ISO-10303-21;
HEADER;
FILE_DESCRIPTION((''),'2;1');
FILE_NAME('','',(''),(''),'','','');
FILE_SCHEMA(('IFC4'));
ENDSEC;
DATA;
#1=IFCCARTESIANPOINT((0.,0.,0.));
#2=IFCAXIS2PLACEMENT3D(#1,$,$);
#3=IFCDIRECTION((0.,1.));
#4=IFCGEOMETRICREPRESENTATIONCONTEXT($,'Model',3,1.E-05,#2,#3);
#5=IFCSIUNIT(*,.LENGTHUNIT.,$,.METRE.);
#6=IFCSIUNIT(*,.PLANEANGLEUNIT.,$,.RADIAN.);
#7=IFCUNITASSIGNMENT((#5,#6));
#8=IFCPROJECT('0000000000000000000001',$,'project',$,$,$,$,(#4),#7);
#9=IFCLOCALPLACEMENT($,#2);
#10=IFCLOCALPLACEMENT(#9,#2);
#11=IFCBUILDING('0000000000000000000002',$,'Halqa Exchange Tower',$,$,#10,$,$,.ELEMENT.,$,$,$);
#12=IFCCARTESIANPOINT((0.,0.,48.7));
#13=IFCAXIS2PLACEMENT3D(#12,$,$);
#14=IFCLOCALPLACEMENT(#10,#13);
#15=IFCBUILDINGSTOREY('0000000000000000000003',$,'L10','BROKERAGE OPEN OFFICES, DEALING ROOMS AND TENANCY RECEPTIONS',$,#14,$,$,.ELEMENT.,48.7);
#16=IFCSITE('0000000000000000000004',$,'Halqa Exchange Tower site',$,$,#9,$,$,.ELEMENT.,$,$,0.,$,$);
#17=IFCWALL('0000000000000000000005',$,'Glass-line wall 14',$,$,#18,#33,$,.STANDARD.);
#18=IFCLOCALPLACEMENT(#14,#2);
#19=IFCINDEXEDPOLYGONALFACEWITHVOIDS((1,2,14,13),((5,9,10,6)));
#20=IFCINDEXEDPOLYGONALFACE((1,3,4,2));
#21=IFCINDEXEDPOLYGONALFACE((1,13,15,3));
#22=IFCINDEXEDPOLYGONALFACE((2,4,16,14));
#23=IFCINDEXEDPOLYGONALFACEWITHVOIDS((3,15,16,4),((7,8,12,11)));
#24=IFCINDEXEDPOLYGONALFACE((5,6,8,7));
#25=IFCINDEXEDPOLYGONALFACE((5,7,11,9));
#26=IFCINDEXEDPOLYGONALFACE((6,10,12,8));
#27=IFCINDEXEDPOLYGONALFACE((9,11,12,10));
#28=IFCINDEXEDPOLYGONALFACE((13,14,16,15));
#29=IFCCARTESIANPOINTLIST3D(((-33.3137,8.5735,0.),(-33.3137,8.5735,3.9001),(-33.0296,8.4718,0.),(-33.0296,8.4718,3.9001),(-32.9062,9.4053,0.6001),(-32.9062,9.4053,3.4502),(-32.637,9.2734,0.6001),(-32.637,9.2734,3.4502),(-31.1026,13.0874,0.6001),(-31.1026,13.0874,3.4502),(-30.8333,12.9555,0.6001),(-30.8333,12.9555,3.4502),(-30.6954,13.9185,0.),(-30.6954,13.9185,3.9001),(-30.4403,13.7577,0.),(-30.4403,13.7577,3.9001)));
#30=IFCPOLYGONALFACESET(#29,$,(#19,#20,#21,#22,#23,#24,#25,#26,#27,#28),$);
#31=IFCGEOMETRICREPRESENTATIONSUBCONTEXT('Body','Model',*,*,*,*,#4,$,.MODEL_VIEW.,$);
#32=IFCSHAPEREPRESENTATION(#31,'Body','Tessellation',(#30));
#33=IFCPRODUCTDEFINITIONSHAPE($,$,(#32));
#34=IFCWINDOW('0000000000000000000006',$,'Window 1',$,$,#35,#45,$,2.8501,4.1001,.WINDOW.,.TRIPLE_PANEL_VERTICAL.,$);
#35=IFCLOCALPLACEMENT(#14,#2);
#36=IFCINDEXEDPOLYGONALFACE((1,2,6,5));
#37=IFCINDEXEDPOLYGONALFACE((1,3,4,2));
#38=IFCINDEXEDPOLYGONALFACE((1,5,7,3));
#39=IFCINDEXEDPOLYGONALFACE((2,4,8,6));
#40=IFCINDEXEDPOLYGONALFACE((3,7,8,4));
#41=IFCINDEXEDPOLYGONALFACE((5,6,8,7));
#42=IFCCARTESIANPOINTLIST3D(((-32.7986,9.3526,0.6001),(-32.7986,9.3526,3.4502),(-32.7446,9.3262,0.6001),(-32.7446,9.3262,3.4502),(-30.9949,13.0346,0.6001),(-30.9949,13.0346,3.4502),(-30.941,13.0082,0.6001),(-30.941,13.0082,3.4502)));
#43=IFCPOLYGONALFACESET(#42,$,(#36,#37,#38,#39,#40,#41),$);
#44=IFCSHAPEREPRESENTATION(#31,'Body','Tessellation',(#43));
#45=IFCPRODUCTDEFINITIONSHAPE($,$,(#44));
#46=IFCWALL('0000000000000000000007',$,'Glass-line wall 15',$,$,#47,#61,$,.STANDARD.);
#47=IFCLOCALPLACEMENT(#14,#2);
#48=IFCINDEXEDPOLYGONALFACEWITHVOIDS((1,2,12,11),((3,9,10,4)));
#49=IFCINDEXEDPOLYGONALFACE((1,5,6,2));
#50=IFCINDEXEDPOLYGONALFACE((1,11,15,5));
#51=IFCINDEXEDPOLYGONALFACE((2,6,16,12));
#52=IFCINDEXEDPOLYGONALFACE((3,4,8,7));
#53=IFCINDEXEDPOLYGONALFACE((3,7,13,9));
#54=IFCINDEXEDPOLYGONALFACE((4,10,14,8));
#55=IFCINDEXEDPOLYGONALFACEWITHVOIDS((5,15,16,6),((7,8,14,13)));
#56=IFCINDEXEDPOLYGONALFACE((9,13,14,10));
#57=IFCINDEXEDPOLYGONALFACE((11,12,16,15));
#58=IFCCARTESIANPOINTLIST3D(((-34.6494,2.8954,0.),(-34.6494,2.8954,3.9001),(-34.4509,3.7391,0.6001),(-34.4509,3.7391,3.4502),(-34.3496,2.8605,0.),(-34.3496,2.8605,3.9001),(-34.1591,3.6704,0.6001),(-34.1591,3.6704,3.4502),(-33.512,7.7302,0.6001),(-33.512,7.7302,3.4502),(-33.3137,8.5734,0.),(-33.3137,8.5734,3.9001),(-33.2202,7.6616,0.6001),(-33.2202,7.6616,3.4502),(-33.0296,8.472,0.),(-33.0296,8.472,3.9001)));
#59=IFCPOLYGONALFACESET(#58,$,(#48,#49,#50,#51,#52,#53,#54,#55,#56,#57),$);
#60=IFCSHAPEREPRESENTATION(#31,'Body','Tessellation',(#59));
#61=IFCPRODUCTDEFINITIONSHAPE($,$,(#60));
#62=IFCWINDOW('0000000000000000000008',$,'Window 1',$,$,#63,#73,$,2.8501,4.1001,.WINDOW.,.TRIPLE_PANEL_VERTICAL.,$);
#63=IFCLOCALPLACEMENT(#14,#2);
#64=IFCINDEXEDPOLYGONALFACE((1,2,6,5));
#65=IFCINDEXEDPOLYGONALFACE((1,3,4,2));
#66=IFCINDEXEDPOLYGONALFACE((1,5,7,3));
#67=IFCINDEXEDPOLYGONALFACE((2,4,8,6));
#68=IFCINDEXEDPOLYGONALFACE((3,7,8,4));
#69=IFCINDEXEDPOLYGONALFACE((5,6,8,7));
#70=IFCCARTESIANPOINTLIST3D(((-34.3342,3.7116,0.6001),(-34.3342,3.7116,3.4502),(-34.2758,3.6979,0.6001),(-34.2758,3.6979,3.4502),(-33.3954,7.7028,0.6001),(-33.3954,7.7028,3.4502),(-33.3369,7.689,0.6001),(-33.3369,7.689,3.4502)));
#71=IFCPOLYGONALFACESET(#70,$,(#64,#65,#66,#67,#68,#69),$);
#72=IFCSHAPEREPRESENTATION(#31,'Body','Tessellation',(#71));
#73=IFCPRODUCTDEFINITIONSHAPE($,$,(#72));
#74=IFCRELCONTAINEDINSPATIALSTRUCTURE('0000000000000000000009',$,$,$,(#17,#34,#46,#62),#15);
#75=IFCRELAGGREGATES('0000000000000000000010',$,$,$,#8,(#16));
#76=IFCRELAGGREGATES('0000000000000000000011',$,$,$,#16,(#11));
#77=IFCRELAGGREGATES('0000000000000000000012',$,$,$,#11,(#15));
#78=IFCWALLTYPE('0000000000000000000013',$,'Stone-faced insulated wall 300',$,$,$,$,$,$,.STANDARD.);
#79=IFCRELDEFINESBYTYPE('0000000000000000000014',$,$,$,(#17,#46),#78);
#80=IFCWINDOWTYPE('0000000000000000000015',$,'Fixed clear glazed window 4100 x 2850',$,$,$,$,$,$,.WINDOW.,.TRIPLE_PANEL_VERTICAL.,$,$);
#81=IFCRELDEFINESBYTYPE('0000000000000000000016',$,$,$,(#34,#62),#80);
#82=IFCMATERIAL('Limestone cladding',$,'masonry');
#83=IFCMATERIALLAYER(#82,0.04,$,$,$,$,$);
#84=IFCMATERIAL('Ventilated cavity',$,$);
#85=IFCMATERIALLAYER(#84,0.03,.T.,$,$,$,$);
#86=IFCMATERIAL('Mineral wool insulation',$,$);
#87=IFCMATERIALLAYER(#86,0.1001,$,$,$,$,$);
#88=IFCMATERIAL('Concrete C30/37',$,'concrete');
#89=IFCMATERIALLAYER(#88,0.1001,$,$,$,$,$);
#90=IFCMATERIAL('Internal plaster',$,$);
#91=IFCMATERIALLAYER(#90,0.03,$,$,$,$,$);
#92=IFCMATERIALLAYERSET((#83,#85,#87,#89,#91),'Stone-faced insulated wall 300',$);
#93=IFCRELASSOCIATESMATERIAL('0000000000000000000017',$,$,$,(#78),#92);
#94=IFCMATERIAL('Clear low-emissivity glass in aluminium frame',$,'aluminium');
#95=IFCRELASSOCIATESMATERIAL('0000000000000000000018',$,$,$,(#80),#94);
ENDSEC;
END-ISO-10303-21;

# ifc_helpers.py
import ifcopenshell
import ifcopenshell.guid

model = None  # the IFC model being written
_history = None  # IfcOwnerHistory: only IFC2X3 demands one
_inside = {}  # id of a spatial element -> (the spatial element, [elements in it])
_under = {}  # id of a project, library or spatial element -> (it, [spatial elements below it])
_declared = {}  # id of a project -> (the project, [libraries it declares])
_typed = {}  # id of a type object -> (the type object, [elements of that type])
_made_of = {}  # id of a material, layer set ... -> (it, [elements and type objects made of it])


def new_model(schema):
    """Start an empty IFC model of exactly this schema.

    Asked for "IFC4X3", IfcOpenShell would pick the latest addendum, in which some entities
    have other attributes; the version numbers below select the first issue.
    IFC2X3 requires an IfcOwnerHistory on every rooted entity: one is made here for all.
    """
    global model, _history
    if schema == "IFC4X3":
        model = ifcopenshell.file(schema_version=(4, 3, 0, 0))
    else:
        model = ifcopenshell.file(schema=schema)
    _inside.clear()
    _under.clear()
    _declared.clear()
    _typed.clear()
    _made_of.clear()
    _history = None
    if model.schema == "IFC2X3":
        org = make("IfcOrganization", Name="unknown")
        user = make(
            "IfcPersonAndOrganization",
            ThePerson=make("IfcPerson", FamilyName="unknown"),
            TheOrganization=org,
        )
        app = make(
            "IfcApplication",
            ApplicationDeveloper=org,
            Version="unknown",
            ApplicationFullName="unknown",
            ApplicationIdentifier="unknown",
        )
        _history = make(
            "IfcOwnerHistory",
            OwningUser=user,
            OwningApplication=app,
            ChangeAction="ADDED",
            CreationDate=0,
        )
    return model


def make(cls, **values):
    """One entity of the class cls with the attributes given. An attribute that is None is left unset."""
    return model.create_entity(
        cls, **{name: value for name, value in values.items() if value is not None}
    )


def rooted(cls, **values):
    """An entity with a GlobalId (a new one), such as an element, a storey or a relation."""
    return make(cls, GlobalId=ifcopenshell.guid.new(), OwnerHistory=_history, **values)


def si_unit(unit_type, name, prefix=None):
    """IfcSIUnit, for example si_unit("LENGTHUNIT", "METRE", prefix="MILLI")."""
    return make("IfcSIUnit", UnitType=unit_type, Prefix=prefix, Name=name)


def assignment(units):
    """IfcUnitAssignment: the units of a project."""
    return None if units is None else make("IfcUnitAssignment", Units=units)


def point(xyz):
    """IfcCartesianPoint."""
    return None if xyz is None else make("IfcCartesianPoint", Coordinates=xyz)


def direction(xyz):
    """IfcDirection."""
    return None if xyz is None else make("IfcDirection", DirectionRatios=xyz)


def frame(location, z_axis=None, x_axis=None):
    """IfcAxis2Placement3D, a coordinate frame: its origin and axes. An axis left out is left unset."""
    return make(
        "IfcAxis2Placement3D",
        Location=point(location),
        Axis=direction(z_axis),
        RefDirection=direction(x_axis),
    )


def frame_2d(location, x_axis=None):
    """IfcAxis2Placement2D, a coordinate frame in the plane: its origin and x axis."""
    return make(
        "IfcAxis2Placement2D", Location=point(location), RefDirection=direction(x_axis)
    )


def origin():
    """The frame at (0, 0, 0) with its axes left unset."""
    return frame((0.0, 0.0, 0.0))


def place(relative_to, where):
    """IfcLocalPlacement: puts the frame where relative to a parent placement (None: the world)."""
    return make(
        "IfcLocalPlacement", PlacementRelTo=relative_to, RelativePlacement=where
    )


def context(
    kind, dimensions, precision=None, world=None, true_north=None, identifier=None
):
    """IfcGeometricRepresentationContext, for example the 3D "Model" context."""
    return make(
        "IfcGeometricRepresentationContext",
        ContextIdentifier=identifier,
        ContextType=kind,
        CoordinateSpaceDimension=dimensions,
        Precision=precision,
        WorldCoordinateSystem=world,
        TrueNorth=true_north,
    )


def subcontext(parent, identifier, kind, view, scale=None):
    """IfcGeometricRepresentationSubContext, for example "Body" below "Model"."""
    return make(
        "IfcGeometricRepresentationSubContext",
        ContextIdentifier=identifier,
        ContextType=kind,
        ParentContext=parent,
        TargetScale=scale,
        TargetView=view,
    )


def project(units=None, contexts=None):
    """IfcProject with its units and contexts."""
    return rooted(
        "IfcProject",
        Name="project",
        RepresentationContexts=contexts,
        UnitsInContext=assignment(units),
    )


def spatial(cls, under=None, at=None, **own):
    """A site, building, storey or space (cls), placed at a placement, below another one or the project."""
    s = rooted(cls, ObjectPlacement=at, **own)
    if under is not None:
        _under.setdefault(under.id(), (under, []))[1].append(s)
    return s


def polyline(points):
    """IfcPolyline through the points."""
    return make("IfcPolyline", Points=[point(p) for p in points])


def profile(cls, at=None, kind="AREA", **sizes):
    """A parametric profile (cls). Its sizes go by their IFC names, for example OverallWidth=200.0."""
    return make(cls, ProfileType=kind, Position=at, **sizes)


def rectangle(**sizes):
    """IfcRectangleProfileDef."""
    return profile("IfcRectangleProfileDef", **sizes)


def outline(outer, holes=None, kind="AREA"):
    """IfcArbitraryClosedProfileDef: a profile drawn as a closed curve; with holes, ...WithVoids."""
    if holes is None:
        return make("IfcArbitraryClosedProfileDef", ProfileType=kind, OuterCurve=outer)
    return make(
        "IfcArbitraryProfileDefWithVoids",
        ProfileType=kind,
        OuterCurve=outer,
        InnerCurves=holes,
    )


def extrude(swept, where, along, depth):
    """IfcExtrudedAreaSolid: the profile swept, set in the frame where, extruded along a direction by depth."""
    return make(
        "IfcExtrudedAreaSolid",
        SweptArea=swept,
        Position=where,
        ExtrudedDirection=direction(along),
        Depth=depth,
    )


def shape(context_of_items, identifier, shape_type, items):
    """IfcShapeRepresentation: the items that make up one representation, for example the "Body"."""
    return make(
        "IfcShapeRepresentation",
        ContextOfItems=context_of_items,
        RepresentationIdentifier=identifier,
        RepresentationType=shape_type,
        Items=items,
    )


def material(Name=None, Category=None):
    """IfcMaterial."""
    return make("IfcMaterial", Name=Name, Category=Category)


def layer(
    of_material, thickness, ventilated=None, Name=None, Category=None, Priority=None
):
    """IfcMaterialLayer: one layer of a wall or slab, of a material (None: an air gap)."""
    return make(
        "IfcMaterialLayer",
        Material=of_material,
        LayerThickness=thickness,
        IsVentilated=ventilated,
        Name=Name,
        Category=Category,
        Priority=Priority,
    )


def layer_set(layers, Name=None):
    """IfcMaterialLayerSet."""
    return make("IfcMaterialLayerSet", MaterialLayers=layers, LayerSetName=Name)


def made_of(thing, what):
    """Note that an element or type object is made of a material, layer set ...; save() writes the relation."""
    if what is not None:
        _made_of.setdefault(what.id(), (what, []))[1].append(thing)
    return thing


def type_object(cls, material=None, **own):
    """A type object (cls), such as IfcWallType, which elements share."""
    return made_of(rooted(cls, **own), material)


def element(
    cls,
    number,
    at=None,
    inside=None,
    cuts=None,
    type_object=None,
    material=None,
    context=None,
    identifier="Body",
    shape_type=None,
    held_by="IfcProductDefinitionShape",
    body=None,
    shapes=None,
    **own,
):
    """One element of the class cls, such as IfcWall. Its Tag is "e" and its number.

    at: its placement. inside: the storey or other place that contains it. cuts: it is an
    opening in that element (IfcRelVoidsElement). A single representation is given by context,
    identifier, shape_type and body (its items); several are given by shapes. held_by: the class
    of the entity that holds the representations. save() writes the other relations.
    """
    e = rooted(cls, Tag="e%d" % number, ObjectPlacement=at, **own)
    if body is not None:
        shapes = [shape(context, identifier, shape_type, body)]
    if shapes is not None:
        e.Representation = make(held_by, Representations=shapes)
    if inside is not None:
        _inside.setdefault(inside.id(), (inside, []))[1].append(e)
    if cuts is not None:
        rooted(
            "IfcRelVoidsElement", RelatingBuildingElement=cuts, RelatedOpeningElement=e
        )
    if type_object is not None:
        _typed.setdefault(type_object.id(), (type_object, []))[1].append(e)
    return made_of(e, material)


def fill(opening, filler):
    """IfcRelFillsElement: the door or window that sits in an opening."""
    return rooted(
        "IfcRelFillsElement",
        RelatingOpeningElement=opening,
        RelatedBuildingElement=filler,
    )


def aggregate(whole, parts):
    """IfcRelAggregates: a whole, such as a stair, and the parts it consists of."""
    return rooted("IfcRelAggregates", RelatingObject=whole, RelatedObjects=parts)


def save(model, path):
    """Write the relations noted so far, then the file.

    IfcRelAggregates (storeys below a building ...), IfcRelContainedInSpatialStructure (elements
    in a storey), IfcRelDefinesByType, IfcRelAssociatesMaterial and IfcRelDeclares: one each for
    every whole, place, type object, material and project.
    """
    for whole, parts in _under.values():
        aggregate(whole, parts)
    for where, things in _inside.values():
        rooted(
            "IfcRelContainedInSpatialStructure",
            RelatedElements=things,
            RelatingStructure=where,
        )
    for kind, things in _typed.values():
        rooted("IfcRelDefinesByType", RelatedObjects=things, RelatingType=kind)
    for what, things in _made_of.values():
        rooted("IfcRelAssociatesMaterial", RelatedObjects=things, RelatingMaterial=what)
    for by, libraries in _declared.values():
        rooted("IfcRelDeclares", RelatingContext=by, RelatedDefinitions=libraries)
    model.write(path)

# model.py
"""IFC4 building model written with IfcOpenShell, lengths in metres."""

from ifc_helpers import new_model, si_unit, direction, frame, frame_2d, origin, place, context, subcontext, project, spatial, polyline, rectangle, outline, extrude, material, layer, layer_set, type_object, element, fill, save


model = new_model("IFC4")

# Units and contexts
model_context = context("Model", 3, precision=1e-05, world=origin(), true_north=direction((0.0, 1.0)))
body_context = subcontext(model_context, "Body", "Model", "MODEL_VIEW")
ifc_project = project(units=[si_unit("LENGTHUNIT", "METRE"), si_unit("PLANEANGLEUNIT", "RADIAN")], contexts=[model_context])

# Site, building, storey
site_placement = place(None, origin())
site = spatial("IfcSite", under=ifc_project, at=site_placement, Name="Halqa Exchange Tower site", CompositionType="ELEMENT", RefElevation=0.0)
building_placement = place(site_placement, origin())
building = spatial("IfcBuilding", under=site, at=building_placement, Name="Halqa Exchange Tower", CompositionType="ELEMENT")
storey_placement = place(building_placement, frame((0.0, 0.0, 48.7)))
storey = spatial("IfcBuildingStorey", under=building, at=storey_placement, Name="L10", Description="BROKERAGE OPEN OFFICES, DEALING ROOMS AND TENANCY RECEPTIONS", CompositionType="ELEMENT", Elevation=48.7)

# Walls, openings, windows
ifc_material_1 = material(Name="Limestone cladding", Category="masonry")
ifc_layer_1 = layer(ifc_material_1, 0.04)
ifc_material_2 = material(Name="Ventilated cavity")
ifc_layer_2 = layer(ifc_material_2, 0.03, ventilated=True)
ifc_material_3 = material(Name="Mineral wool insulation")
ifc_layer_3 = layer(ifc_material_3, 0.1001)
ifc_material_4 = material(Name="Concrete C30/37", Category="concrete")
ifc_layer_4 = layer(ifc_material_4, 0.1001)
ifc_material_5 = material(Name="Internal plaster")
ifc_layer_5 = layer(ifc_material_5, 0.03)
ifc_layer_set_1 = layer_set([ifc_layer_1, ifc_layer_2, ifc_layer_3, ifc_layer_4, ifc_layer_5], Name="Stone-faced insulated wall 300")
wall_type_1 = type_object("IfcWallType", Name="Stone-faced insulated wall 300", PredefinedType="STANDARD", material=ifc_layer_set_1)
wall_1_placement = place(storey_placement, frame((-30.5679, 13.8381, 0.0), z_axis=(0.0, 0.0, 1.0), x_axis=(-0.439906, -0.898044, 0.0)))
wall_1 = element("IfcWall", 1, at=wall_1_placement, inside=storey, type_object=wall_type_1, Name="Glass-line wall 14", PredefinedType="STANDARD", context=body_context, shape_type="SweptSolid", body=[
    extrude(outline(polyline([(-0.0161, -0.1499), (5.9358, -0.1499), (5.9021, 0.1499), (0.0161, 0.1499), (-0.0161, -0.1499)])), origin(), (0.0, 0.0, 1.0), 3.9001),
])
opening_1_placement = place(wall_1_placement, frame((0.9094, 0.0, 0.6001)))
opening_1 = element("IfcOpeningElement", 2, at=opening_1_placement, cuts=wall_1, PredefinedType="OPENING", context=body_context, shape_type="SweptSolid", body=[
    extrude(rectangle(XDim=4.1001, YDim=2.8501, at=frame_2d((2.05, 1.425))), frame((0.0, 0.1621, 0.0), z_axis=(0.0, -1.0, 0.0), x_axis=(1.0, 0.0, 0.0)), (0.0, 0.0, 1.0), 0.324),
])
ifc_material_6 = material(Name="Clear low-emissivity glass in aluminium frame", Category="aluminium")
window_type = type_object("IfcWindowType", Name="Fixed clear glazed window 4100 x 2850", PartitioningType="TRIPLE_PANEL_VERTICAL", PredefinedType="WINDOW", material=ifc_material_6)
window_1_placement = place(opening_1_placement, origin())
window_1 = element("IfcWindow", 3, at=window_1_placement, inside=storey, type_object=window_type, Name="Window 1", OverallHeight=2.8501, OverallWidth=4.1001, PartitioningType="TRIPLE_PANEL_VERTICAL", PredefinedType="WINDOW", context=body_context, shape_type="SweptSolid", body=[
    extrude(rectangle(XDim=4.1001, YDim=2.8501, at=frame_2d((2.05, 1.425))), frame((0.0, 0.03, 0.0), z_axis=(0.0, -1.0, 0.0), x_axis=(1.0, 0.0, 0.0)), (0.0, 0.0, 1.0), 0.0601),
])
fill(opening_1, window_1)
wall_2_placement = place(storey_placement, frame((-33.1716, 8.5227, 0.0), z_axis=(0.0, 0.0, 1.0), x_axis=(-0.22899, -0.973429, 0.0)))
wall_2 = element("IfcWall", 4, at=wall_2_placement, inside=storey, type_object=wall_type_1, Name="Glass-line wall 15", PredefinedType="STANDARD", context=body_context, shape_type="SweptSolid", body=[
    extrude(outline(polyline([(-0.0168, -0.1499), (5.8162, -0.1499), (5.7815, 0.1499), (0.0168, 0.1499), (-0.0168, -0.1499)])), origin(), (0.0, 0.0, 1.0), 3.9001),
])
opening_2_placement = place(wall_2_placement, frame((0.8494, 0.0, 0.6001)))
opening_2 = element("IfcOpeningElement", 5, at=opening_2_placement, cuts=wall_2, PredefinedType="OPENING", context=body_context, shape_type="SweptSolid", body=[
    extrude(rectangle(XDim=4.1001, YDim=2.8501, at=frame_2d((2.05, 1.425))), frame((0.0, 0.1621, 0.0), z_axis=(0.0, -1.0, 0.0), x_axis=(1.0, 0.0, 0.0)), (0.0, 0.0, 1.0), 0.324),
])
window_2_placement = place(opening_2_placement, origin())
window_2 = element("IfcWindow", 6, at=window_2_placement, inside=storey, type_object=window_type, Name="Window 1", OverallHeight=2.8501, OverallWidth=4.1001, PartitioningType="TRIPLE_PANEL_VERTICAL", PredefinedType="WINDOW", context=body_context, shape_type="SweptSolid", body=[
    extrude(rectangle(XDim=4.1001, YDim=2.8501, at=frame_2d((2.05, 1.425))), frame((0.0, 0.03, 0.0), z_axis=(0.0, -1.0, 0.0), x_axis=(1.0, 0.0, 0.0)), (0.0, 0.0, 1.0), 0.0601),
])
fill(opening_2, window_2)

save(model, "model.ifc")
